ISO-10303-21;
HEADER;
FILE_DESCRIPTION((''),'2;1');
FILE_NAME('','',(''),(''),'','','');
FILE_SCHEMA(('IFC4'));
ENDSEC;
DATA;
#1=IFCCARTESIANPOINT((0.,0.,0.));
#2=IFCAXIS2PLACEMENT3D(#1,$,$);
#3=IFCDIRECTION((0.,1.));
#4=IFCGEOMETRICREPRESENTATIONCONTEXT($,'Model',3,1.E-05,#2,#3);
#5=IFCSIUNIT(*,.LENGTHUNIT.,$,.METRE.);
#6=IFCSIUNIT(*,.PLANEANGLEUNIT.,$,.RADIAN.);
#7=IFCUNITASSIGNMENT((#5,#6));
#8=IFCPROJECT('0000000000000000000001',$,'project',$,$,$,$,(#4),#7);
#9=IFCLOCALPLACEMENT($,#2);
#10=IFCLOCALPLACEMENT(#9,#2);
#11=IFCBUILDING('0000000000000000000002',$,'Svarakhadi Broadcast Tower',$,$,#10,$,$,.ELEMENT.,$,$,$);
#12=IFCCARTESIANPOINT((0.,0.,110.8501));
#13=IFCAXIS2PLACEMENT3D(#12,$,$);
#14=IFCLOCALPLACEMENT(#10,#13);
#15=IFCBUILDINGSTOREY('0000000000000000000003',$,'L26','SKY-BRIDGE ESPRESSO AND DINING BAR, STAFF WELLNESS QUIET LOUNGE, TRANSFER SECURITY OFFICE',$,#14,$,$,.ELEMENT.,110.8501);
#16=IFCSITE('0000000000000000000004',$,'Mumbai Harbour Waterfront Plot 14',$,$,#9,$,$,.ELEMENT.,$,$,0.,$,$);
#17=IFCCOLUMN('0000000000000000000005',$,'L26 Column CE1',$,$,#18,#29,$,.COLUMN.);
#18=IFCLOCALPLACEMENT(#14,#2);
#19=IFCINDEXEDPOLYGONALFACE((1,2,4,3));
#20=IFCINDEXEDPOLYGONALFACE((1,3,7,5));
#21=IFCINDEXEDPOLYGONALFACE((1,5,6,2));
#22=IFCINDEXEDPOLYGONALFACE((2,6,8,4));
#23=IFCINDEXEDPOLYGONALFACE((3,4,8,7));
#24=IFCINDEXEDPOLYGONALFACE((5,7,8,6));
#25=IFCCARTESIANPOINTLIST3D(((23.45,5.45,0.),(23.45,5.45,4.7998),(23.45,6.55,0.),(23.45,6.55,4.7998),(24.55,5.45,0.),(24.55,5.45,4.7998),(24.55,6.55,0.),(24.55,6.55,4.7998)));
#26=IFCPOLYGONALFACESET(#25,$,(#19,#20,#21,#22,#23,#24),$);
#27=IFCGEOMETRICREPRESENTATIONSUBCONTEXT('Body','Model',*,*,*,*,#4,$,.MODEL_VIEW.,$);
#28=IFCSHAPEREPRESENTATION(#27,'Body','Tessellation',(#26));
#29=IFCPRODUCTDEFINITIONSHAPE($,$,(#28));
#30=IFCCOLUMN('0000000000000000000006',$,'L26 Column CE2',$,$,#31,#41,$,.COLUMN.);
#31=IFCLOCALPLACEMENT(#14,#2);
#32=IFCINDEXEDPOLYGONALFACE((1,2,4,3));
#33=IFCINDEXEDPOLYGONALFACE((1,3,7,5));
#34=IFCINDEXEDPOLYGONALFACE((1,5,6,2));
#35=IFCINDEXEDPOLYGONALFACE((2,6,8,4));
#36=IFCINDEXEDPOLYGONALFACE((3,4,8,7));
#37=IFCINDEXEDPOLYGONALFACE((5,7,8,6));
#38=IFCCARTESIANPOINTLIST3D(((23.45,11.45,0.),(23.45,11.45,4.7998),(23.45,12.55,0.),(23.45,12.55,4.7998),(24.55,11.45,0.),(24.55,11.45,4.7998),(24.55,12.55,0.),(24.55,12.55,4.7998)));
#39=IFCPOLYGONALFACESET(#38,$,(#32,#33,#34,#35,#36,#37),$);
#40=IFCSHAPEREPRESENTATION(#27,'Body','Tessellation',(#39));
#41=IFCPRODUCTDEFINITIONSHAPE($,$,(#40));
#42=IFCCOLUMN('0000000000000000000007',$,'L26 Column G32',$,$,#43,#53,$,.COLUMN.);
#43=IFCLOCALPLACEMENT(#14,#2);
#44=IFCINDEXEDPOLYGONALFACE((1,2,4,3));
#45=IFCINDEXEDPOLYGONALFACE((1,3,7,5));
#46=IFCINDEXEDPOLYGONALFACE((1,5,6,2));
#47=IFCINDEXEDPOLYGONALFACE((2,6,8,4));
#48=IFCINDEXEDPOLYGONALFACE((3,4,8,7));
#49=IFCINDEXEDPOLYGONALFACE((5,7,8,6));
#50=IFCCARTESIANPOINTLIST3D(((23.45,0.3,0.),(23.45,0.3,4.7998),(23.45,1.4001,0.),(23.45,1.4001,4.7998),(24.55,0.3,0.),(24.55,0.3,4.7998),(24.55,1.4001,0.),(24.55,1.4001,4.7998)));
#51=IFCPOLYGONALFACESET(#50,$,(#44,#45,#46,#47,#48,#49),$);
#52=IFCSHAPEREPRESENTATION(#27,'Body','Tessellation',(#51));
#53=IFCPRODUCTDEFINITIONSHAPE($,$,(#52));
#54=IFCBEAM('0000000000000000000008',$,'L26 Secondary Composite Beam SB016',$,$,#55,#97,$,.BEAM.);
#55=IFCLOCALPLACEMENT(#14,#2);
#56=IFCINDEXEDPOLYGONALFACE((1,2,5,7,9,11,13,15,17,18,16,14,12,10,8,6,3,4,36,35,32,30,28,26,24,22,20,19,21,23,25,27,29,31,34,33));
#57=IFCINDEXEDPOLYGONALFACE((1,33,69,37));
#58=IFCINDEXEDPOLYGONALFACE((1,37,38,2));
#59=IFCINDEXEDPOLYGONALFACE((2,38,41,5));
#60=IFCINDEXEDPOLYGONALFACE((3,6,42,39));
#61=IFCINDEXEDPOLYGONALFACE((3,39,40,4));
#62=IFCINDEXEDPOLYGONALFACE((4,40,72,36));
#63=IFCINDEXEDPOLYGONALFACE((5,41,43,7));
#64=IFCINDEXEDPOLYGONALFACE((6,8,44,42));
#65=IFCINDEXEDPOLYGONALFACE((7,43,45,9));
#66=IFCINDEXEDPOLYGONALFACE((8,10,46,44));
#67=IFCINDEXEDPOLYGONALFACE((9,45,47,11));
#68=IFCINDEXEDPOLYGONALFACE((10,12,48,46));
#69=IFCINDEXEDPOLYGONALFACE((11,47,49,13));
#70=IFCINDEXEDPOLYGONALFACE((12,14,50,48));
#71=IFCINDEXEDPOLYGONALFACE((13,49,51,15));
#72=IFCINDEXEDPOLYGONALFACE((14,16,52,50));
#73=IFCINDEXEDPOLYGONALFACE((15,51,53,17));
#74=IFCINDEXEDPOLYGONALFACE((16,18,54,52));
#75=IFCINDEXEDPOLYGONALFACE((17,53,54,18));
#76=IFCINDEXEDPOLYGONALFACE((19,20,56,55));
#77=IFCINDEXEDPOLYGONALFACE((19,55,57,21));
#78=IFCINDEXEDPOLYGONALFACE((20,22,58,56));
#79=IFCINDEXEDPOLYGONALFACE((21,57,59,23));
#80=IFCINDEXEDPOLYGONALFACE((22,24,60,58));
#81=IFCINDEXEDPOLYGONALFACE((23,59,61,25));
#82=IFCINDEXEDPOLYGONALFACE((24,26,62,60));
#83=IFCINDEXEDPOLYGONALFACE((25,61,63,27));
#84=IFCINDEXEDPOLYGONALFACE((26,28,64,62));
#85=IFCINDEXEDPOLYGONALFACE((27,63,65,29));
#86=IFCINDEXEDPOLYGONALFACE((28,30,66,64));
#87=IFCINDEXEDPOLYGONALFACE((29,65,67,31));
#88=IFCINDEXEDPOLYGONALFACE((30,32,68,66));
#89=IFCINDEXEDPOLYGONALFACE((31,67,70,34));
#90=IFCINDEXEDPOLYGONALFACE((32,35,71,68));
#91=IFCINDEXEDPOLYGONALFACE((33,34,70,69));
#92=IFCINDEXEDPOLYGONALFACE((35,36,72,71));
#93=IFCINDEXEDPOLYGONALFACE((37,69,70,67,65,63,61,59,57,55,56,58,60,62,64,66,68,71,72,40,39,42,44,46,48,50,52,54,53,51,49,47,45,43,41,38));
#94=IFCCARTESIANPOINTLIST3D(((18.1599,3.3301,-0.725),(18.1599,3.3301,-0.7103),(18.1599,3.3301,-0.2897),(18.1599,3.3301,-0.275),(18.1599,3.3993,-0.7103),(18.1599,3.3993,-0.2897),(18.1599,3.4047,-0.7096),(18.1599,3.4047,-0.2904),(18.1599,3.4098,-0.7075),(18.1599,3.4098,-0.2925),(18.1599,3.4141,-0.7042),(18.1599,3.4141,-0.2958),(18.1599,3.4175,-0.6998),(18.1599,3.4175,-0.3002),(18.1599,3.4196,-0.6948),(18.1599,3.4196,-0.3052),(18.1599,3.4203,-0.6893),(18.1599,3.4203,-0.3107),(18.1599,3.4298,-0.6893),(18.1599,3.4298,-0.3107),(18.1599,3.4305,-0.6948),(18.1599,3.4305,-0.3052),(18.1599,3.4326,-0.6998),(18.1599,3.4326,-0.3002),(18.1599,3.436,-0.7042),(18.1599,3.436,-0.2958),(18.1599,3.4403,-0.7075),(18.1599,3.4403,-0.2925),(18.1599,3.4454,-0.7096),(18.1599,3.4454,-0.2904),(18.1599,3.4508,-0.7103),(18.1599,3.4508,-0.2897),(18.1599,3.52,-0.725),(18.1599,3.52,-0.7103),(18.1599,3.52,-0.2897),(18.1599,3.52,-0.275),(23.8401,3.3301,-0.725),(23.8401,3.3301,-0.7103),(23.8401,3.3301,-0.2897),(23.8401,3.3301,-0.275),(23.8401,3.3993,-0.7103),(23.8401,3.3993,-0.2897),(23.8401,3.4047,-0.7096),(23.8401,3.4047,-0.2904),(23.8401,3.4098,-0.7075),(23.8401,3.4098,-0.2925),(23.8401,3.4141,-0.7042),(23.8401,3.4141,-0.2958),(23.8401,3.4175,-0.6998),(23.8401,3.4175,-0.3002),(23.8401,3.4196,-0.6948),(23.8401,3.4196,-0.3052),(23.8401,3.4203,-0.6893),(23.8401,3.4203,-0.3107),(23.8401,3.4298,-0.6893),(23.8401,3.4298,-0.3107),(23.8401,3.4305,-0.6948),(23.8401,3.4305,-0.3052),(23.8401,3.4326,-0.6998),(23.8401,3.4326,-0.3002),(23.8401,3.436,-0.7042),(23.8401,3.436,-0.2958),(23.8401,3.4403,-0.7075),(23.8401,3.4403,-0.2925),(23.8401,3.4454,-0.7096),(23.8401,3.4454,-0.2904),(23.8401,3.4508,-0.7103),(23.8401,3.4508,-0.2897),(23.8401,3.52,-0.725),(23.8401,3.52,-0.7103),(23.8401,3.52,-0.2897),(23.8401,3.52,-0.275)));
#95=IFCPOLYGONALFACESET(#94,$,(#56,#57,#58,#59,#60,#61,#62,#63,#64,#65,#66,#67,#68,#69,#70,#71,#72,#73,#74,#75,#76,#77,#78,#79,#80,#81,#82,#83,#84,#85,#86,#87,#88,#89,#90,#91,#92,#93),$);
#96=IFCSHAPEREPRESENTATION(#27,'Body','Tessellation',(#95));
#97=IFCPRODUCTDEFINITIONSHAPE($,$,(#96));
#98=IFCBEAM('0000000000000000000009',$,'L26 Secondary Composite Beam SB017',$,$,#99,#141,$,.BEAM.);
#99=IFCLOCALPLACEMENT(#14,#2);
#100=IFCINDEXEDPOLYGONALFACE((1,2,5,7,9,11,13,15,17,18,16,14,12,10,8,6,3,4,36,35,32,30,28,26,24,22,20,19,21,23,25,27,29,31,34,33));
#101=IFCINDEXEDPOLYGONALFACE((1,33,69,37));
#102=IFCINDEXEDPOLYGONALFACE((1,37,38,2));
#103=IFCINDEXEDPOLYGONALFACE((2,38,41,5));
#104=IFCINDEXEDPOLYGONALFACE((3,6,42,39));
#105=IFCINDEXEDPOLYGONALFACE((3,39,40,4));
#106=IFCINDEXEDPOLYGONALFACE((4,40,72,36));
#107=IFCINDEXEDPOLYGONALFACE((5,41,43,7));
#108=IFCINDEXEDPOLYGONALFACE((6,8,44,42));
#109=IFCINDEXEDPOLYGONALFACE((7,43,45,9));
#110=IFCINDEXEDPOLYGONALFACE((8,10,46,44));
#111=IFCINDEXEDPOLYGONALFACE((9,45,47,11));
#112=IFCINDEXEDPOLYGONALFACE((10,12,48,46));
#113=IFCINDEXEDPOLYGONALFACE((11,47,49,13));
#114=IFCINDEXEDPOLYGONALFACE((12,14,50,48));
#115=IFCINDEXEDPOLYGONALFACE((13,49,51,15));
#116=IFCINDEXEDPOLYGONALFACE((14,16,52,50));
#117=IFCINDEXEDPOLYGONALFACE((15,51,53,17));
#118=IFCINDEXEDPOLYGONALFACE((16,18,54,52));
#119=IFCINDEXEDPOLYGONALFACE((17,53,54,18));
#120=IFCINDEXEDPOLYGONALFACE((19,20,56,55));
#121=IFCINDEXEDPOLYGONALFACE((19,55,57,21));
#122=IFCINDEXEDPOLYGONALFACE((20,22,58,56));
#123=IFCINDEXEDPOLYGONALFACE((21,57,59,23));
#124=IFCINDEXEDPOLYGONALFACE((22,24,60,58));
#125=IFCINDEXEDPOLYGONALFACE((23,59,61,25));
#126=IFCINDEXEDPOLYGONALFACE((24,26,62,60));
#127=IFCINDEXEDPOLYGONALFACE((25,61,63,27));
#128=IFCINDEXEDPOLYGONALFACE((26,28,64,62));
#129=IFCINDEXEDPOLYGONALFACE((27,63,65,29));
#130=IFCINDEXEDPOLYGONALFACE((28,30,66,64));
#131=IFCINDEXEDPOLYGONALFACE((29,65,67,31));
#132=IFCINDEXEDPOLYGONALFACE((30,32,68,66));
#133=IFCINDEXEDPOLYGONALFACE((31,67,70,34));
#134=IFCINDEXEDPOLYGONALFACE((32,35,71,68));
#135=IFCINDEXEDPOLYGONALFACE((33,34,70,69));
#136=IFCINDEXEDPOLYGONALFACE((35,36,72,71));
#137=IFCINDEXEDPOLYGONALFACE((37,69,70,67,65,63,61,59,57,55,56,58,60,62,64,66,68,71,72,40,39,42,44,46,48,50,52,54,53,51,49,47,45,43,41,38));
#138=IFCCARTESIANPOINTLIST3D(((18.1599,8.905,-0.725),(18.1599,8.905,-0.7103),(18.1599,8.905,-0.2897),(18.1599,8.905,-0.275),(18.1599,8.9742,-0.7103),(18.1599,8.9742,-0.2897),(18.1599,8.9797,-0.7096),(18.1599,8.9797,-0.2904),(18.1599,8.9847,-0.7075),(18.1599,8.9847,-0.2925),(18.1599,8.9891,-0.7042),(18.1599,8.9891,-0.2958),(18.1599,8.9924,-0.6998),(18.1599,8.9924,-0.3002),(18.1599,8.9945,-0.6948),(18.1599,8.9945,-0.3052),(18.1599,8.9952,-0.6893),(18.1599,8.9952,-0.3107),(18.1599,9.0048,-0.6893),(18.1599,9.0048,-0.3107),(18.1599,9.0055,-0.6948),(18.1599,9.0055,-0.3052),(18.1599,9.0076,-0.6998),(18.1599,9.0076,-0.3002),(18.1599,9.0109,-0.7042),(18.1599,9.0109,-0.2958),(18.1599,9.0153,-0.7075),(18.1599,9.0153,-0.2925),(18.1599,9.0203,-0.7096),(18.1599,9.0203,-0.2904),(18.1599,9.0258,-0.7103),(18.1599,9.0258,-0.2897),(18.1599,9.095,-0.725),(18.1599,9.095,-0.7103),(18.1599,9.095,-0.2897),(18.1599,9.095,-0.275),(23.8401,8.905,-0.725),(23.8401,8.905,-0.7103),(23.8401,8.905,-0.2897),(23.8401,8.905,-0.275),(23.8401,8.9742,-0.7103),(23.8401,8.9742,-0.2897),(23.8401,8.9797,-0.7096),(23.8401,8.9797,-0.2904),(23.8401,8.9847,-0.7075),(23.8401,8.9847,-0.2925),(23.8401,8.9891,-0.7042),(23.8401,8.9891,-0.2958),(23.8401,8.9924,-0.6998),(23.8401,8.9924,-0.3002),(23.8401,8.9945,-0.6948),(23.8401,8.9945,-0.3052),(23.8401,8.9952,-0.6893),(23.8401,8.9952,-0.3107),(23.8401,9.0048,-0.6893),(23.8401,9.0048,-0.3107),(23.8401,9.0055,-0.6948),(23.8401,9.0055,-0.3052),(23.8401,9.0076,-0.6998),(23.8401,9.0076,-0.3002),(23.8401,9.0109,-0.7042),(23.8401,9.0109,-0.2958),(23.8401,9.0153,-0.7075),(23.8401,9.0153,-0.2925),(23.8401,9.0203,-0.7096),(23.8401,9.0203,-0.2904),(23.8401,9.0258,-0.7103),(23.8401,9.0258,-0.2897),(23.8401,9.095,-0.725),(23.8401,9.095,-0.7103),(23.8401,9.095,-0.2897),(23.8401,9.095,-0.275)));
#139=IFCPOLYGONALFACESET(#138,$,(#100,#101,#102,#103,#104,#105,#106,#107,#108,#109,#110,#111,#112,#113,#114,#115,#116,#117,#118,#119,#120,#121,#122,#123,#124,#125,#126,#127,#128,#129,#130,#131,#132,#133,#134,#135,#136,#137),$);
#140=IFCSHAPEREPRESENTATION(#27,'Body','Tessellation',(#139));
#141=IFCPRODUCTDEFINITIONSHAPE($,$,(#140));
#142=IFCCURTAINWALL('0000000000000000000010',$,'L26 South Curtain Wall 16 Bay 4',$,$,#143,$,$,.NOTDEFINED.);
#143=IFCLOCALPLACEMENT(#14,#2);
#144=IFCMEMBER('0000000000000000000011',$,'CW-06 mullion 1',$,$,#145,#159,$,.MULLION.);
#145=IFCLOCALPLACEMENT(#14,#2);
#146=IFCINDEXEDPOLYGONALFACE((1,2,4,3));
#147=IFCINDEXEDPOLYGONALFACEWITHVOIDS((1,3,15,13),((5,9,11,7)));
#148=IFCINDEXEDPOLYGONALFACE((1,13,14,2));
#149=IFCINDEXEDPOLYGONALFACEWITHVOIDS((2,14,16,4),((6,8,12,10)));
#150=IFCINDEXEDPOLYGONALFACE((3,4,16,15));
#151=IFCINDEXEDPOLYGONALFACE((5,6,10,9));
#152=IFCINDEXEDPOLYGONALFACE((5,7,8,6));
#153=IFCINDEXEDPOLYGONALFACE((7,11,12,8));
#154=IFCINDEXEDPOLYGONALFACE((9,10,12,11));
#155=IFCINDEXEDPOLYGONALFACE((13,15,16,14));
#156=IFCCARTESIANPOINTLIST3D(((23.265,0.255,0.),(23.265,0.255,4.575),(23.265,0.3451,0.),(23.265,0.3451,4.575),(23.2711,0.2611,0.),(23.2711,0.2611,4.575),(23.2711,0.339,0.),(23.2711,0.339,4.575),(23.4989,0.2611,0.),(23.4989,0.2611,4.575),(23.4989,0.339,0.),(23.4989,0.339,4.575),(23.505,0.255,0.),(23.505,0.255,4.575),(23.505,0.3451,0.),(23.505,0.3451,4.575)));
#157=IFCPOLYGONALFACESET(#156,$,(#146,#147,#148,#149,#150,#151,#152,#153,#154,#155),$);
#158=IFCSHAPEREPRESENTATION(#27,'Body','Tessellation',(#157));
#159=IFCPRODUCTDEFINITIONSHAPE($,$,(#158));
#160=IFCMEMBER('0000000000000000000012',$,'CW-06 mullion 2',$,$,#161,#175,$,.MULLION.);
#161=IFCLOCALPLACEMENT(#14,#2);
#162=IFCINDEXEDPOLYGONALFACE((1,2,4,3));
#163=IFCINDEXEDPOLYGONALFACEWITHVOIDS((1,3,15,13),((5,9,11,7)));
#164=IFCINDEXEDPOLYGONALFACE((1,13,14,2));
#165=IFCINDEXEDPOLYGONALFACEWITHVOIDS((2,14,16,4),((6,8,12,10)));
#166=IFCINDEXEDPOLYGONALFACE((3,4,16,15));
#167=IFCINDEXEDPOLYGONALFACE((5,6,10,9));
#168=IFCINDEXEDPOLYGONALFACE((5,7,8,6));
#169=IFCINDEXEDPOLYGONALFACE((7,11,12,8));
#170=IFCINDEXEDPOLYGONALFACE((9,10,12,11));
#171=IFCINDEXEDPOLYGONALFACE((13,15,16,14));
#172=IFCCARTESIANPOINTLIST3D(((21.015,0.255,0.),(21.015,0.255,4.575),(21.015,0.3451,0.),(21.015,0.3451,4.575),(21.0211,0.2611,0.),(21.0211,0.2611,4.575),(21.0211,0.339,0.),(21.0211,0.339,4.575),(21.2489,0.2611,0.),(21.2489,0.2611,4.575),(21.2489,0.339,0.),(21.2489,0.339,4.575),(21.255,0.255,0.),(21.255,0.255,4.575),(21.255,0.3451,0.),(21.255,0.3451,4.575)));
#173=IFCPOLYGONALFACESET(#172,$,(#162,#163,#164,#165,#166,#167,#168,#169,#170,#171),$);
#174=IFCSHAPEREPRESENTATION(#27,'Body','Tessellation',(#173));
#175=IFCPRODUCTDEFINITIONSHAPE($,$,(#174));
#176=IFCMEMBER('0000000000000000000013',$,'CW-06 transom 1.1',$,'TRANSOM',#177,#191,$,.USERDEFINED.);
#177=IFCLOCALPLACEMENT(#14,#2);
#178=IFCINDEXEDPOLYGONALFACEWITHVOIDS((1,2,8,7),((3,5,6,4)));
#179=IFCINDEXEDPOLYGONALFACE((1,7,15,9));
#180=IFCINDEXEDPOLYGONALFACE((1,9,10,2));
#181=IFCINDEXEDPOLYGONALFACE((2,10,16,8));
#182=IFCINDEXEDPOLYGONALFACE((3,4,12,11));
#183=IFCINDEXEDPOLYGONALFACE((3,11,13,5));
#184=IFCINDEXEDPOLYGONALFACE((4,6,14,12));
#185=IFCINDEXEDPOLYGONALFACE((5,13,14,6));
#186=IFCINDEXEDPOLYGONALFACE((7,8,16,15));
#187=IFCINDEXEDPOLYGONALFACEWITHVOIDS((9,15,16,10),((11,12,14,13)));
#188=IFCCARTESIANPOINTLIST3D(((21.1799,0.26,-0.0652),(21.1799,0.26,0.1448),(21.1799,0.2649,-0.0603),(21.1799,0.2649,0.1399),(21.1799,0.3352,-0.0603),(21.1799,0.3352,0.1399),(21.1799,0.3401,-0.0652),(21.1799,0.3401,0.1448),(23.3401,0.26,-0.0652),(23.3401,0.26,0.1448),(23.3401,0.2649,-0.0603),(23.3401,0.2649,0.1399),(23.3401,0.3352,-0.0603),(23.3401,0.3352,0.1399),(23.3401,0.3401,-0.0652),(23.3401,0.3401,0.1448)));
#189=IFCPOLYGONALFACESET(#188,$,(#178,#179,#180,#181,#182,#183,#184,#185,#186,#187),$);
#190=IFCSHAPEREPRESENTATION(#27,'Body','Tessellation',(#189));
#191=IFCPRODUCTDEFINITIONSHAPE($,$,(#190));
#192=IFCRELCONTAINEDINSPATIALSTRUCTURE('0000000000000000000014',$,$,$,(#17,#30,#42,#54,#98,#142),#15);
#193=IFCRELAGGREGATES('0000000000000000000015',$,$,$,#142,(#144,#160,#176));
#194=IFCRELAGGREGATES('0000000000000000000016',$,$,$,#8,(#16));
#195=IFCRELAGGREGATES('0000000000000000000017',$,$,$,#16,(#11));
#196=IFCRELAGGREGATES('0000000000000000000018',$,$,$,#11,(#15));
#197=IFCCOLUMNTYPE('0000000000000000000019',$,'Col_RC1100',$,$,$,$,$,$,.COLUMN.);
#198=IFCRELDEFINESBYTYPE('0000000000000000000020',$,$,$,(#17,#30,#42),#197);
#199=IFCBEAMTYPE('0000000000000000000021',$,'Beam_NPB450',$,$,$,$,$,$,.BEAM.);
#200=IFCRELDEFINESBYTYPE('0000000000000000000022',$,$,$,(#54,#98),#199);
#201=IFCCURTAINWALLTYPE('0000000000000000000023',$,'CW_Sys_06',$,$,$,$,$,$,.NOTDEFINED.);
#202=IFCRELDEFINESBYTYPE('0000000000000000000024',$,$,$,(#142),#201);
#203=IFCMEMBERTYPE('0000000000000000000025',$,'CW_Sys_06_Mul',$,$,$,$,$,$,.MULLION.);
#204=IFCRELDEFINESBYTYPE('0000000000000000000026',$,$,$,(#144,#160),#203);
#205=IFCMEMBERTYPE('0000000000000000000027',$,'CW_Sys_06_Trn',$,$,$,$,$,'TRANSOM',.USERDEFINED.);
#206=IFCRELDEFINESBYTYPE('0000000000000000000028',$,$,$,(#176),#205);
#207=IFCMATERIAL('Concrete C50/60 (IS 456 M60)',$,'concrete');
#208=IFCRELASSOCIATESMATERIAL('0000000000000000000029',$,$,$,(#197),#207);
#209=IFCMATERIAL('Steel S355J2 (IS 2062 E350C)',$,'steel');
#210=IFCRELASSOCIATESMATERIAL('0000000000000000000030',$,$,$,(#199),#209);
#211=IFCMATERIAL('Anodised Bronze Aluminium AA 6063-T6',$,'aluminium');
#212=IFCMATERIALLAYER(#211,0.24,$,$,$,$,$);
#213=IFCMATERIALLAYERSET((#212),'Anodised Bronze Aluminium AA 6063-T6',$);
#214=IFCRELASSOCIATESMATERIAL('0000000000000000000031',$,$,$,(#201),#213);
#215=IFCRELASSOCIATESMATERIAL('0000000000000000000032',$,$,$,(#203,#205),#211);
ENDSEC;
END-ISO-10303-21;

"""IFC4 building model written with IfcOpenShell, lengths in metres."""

from ifc_helpers import new_model, si_unit, direction, frame, origin, origin_2d, place, context, subcontext, project, spatial, rectangle, hollow_rectangle, i_section, extrude, material, layer, layer_set, material_profile, profile_set, type_object, element, aggregate, save


model = new_model("IFC4")

# Units and contexts
model_context = context("Model", 3, precision=1e-05, world=origin(), true_north=direction((0.0, 1.0)))
body_context = subcontext(model_context, "Body", "Model", "MODEL_VIEW")
ifc_project = project(units=[si_unit("LENGTHUNIT", "METRE"), si_unit("PLANEANGLEUNIT", "RADIAN")], contexts=[model_context])

# Site, building, storey
site_placement = place(None, origin())
site = spatial("IfcSite", under=ifc_project, at=site_placement, Name="Mumbai Harbour Waterfront Plot 14", CompositionType="ELEMENT", RefElevation=0.0)
building_placement = place(site_placement, origin())
building = spatial("IfcBuilding", under=site, at=building_placement, Name="Svarakhadi Broadcast Tower", CompositionType="ELEMENT")
storey_placement = place(building_placement, frame((0.0, 0.0, 110.8501)))
storey = spatial("IfcBuildingStorey", under=building, at=storey_placement, Name="L26", Description="SKY-BRIDGE ESPRESSO AND DINING BAR, STAFF WELLNESS QUIET LOUNGE, TRANSFER SECURITY OFFICE", CompositionType="ELEMENT", Elevation=110.8501)

# Columns
ifc_material_1 = material(Name="Concrete C50/60 (IS 456 M60)", Category="concrete")
ifc_material_profile_1 = material_profile(ifc_material_1, rectangle(XDim=1.1001, YDim=1.1001, at=origin_2d()), Name="RC 1100x1100")
ifc_profile_set_1 = profile_set([ifc_material_profile_1], Name="Concrete C50/60 (IS 456 M60)")
column_type = type_object("IfcColumnType", Name="Col_RC1100", PredefinedType="COLUMN", material=ifc_profile_set_1)
for number, where, z_axis, x_axis, name in (
    (1, (24.0, 6.0, 0.0), (0.0, 0.0, 1.0), (1.0, 0.0, 0.0), "L26 Column CE1"),
    (2, (24.0, 12.0, 0.0), (0.0, 0.0, 1.0), (1.0, 0.0, 0.0), "L26 Column CE2"),
    (3, (24.0, 0.8501, 0.0), (0.0, 0.0, 1.0), (1.0, 0.0, 0.0), "L26 Column G32"),
):
    element("IfcColumn", number, at=place(storey_placement, frame(where, z_axis=z_axis, x_axis=x_axis)), inside=storey, type_object=column_type, Name=name, PredefinedType="COLUMN", context=body_context, shape_type="SweptSolid", body=[
        extrude(rectangle(XDim=1.1001, YDim=1.1001, at=origin_2d()), origin(), (0.0, 0.0, 1.0), 4.7998),
    ])

# Beams
ifc_material_2 = material(Name="Steel S355J2 (IS 2062 E350C)", Category="steel")
ifc_material_profile_2 = material_profile(ifc_material_2, i_section(OverallWidth=0.1899, OverallDepth=0.45, WebThickness=0.0095, FlangeThickness=0.0146, FilletRadius=0.021, at=origin_2d()), Name="NPB 450x190x78")
ifc_profile_set_2 = profile_set([ifc_material_profile_2], Name="Steel S355J2 (IS 2062 E350C)")
beam_type_1 = type_object("IfcBeamType", Name="Beam_NPB450", PredefinedType="BEAM", material=ifc_profile_set_2)
for number, where, z_axis, x_axis, name in (
    (4, (18.1599, 3.425, -0.5), (1.0, 0.0, 0.0), (0.0, 1.0, 0.0), "L26 Secondary Composite Beam SB016"),
    (5, (18.1599, 9.0, -0.5), (1.0, 0.0, 0.0), (0.0, 1.0, 0.0), "L26 Secondary Composite Beam SB017"),
):
    element("IfcBeam", number, at=place(storey_placement, frame(where, z_axis=z_axis, x_axis=x_axis)), inside=storey, type_object=beam_type_1, Name=name, PredefinedType="BEAM", context=body_context, shape_type="SweptSolid", body=[
        extrude(i_section(OverallWidth=0.1899, OverallDepth=0.45, WebThickness=0.0095, FlangeThickness=0.0146, FilletRadius=0.021, at=origin_2d()), origin(), (0.0, 0.0, 1.0), 5.6802),
    ])

# Curtain wall, members
ifc_material_3 = material(Name="Anodised Bronze Aluminium AA 6063-T6", Category="aluminium")
ifc_layer_1 = layer(ifc_material_3, 0.24)
ifc_layer_set_1 = layer_set([ifc_layer_1], Name="Anodised Bronze Aluminium AA 6063-T6")
curtain_wall_type = type_object("IfcCurtainWallType", Name="CW_Sys_06", PredefinedType="NOTDEFINED", material=ifc_layer_set_1)
curtain_wall_placement = place(storey_placement, origin())
curtain_wall = element("IfcCurtainWall", 6, at=curtain_wall_placement, inside=storey, type_object=curtain_wall_type, Name="L26 South Curtain Wall 16 Bay 4", PredefinedType="NOTDEFINED")
ifc_material_profile_3 = material_profile(ifc_material_3, hollow_rectangle(XDim=0.0901, YDim=0.24, WallThickness=0.0061, at=origin_2d()), Name="ALU MULLION 240x90x6")
ifc_profile_set_3 = profile_set([ifc_material_profile_3], Name="Anodised Bronze Aluminium AA 6063-T6")
member_type_1 = type_object("IfcMemberType", Name="CW_Sys_06_Mul", PredefinedType="MULLION", material=ifc_profile_set_3)
member_1_placement = place(storey_placement, frame((23.385, 0.3, 0.0), z_axis=(0.0, 0.0, 1.0), x_axis=(0.0, -1.0, 0.0)))
member_1 = element("IfcMember", 7, at=member_1_placement, type_object=member_type_1, Name="CW-06 mullion 1", PredefinedType="MULLION", context=body_context, shape_type="SweptSolid", body=[
    extrude(hollow_rectangle(XDim=0.0901, YDim=0.24, WallThickness=0.0061, at=origin_2d()), origin(), (0.0, 0.0, 1.0), 4.575),
])
member_2_placement = place(storey_placement, frame((21.135, 0.3, 0.0), z_axis=(0.0, 0.0, 1.0), x_axis=(0.0, -1.0, 0.0)))
member_2 = element("IfcMember", 8, at=member_2_placement, type_object=member_type_1, Name="CW-06 mullion 2", PredefinedType="MULLION", context=body_context, shape_type="SweptSolid", body=[
    extrude(hollow_rectangle(XDim=0.0901, YDim=0.24, WallThickness=0.0061, at=origin_2d()), origin(), (0.0, 0.0, 1.0), 4.575),
])
ifc_material_profile_4 = material_profile(ifc_material_3, hollow_rectangle(XDim=0.0801, YDim=0.21, WallThickness=0.0049, at=origin_2d()), Name="ALU TRANSOM 210x80x5")
ifc_profile_set_4 = profile_set([ifc_material_profile_4], Name="Anodised Bronze Aluminium AA 6063-T6")
member_type_2 = type_object("IfcMemberType", Name="CW_Sys_06_Trn", ElementType="TRANSOM", PredefinedType="USERDEFINED", material=ifc_profile_set_4)
member_3_placement = place(storey_placement, frame((23.3401, 0.3, 0.0398), z_axis=(-1.0, 0.0, 0.0), x_axis=(0.0, -1.0, 0.0)))
member_3 = element("IfcMember", 9, at=member_3_placement, type_object=member_type_2, Name="CW-06 transom 1.1", ObjectType="TRANSOM", PredefinedType="USERDEFINED", context=body_context, shape_type="SweptSolid", body=[
    extrude(hollow_rectangle(XDim=0.0801, YDim=0.21, WallThickness=0.0049, at=origin_2d()), origin(), (0.0, 0.0, 1.0), 2.1602),
])

aggregate(curtain_wall, [member_1, member_2, member_3])

save(model, "model.ifc")
